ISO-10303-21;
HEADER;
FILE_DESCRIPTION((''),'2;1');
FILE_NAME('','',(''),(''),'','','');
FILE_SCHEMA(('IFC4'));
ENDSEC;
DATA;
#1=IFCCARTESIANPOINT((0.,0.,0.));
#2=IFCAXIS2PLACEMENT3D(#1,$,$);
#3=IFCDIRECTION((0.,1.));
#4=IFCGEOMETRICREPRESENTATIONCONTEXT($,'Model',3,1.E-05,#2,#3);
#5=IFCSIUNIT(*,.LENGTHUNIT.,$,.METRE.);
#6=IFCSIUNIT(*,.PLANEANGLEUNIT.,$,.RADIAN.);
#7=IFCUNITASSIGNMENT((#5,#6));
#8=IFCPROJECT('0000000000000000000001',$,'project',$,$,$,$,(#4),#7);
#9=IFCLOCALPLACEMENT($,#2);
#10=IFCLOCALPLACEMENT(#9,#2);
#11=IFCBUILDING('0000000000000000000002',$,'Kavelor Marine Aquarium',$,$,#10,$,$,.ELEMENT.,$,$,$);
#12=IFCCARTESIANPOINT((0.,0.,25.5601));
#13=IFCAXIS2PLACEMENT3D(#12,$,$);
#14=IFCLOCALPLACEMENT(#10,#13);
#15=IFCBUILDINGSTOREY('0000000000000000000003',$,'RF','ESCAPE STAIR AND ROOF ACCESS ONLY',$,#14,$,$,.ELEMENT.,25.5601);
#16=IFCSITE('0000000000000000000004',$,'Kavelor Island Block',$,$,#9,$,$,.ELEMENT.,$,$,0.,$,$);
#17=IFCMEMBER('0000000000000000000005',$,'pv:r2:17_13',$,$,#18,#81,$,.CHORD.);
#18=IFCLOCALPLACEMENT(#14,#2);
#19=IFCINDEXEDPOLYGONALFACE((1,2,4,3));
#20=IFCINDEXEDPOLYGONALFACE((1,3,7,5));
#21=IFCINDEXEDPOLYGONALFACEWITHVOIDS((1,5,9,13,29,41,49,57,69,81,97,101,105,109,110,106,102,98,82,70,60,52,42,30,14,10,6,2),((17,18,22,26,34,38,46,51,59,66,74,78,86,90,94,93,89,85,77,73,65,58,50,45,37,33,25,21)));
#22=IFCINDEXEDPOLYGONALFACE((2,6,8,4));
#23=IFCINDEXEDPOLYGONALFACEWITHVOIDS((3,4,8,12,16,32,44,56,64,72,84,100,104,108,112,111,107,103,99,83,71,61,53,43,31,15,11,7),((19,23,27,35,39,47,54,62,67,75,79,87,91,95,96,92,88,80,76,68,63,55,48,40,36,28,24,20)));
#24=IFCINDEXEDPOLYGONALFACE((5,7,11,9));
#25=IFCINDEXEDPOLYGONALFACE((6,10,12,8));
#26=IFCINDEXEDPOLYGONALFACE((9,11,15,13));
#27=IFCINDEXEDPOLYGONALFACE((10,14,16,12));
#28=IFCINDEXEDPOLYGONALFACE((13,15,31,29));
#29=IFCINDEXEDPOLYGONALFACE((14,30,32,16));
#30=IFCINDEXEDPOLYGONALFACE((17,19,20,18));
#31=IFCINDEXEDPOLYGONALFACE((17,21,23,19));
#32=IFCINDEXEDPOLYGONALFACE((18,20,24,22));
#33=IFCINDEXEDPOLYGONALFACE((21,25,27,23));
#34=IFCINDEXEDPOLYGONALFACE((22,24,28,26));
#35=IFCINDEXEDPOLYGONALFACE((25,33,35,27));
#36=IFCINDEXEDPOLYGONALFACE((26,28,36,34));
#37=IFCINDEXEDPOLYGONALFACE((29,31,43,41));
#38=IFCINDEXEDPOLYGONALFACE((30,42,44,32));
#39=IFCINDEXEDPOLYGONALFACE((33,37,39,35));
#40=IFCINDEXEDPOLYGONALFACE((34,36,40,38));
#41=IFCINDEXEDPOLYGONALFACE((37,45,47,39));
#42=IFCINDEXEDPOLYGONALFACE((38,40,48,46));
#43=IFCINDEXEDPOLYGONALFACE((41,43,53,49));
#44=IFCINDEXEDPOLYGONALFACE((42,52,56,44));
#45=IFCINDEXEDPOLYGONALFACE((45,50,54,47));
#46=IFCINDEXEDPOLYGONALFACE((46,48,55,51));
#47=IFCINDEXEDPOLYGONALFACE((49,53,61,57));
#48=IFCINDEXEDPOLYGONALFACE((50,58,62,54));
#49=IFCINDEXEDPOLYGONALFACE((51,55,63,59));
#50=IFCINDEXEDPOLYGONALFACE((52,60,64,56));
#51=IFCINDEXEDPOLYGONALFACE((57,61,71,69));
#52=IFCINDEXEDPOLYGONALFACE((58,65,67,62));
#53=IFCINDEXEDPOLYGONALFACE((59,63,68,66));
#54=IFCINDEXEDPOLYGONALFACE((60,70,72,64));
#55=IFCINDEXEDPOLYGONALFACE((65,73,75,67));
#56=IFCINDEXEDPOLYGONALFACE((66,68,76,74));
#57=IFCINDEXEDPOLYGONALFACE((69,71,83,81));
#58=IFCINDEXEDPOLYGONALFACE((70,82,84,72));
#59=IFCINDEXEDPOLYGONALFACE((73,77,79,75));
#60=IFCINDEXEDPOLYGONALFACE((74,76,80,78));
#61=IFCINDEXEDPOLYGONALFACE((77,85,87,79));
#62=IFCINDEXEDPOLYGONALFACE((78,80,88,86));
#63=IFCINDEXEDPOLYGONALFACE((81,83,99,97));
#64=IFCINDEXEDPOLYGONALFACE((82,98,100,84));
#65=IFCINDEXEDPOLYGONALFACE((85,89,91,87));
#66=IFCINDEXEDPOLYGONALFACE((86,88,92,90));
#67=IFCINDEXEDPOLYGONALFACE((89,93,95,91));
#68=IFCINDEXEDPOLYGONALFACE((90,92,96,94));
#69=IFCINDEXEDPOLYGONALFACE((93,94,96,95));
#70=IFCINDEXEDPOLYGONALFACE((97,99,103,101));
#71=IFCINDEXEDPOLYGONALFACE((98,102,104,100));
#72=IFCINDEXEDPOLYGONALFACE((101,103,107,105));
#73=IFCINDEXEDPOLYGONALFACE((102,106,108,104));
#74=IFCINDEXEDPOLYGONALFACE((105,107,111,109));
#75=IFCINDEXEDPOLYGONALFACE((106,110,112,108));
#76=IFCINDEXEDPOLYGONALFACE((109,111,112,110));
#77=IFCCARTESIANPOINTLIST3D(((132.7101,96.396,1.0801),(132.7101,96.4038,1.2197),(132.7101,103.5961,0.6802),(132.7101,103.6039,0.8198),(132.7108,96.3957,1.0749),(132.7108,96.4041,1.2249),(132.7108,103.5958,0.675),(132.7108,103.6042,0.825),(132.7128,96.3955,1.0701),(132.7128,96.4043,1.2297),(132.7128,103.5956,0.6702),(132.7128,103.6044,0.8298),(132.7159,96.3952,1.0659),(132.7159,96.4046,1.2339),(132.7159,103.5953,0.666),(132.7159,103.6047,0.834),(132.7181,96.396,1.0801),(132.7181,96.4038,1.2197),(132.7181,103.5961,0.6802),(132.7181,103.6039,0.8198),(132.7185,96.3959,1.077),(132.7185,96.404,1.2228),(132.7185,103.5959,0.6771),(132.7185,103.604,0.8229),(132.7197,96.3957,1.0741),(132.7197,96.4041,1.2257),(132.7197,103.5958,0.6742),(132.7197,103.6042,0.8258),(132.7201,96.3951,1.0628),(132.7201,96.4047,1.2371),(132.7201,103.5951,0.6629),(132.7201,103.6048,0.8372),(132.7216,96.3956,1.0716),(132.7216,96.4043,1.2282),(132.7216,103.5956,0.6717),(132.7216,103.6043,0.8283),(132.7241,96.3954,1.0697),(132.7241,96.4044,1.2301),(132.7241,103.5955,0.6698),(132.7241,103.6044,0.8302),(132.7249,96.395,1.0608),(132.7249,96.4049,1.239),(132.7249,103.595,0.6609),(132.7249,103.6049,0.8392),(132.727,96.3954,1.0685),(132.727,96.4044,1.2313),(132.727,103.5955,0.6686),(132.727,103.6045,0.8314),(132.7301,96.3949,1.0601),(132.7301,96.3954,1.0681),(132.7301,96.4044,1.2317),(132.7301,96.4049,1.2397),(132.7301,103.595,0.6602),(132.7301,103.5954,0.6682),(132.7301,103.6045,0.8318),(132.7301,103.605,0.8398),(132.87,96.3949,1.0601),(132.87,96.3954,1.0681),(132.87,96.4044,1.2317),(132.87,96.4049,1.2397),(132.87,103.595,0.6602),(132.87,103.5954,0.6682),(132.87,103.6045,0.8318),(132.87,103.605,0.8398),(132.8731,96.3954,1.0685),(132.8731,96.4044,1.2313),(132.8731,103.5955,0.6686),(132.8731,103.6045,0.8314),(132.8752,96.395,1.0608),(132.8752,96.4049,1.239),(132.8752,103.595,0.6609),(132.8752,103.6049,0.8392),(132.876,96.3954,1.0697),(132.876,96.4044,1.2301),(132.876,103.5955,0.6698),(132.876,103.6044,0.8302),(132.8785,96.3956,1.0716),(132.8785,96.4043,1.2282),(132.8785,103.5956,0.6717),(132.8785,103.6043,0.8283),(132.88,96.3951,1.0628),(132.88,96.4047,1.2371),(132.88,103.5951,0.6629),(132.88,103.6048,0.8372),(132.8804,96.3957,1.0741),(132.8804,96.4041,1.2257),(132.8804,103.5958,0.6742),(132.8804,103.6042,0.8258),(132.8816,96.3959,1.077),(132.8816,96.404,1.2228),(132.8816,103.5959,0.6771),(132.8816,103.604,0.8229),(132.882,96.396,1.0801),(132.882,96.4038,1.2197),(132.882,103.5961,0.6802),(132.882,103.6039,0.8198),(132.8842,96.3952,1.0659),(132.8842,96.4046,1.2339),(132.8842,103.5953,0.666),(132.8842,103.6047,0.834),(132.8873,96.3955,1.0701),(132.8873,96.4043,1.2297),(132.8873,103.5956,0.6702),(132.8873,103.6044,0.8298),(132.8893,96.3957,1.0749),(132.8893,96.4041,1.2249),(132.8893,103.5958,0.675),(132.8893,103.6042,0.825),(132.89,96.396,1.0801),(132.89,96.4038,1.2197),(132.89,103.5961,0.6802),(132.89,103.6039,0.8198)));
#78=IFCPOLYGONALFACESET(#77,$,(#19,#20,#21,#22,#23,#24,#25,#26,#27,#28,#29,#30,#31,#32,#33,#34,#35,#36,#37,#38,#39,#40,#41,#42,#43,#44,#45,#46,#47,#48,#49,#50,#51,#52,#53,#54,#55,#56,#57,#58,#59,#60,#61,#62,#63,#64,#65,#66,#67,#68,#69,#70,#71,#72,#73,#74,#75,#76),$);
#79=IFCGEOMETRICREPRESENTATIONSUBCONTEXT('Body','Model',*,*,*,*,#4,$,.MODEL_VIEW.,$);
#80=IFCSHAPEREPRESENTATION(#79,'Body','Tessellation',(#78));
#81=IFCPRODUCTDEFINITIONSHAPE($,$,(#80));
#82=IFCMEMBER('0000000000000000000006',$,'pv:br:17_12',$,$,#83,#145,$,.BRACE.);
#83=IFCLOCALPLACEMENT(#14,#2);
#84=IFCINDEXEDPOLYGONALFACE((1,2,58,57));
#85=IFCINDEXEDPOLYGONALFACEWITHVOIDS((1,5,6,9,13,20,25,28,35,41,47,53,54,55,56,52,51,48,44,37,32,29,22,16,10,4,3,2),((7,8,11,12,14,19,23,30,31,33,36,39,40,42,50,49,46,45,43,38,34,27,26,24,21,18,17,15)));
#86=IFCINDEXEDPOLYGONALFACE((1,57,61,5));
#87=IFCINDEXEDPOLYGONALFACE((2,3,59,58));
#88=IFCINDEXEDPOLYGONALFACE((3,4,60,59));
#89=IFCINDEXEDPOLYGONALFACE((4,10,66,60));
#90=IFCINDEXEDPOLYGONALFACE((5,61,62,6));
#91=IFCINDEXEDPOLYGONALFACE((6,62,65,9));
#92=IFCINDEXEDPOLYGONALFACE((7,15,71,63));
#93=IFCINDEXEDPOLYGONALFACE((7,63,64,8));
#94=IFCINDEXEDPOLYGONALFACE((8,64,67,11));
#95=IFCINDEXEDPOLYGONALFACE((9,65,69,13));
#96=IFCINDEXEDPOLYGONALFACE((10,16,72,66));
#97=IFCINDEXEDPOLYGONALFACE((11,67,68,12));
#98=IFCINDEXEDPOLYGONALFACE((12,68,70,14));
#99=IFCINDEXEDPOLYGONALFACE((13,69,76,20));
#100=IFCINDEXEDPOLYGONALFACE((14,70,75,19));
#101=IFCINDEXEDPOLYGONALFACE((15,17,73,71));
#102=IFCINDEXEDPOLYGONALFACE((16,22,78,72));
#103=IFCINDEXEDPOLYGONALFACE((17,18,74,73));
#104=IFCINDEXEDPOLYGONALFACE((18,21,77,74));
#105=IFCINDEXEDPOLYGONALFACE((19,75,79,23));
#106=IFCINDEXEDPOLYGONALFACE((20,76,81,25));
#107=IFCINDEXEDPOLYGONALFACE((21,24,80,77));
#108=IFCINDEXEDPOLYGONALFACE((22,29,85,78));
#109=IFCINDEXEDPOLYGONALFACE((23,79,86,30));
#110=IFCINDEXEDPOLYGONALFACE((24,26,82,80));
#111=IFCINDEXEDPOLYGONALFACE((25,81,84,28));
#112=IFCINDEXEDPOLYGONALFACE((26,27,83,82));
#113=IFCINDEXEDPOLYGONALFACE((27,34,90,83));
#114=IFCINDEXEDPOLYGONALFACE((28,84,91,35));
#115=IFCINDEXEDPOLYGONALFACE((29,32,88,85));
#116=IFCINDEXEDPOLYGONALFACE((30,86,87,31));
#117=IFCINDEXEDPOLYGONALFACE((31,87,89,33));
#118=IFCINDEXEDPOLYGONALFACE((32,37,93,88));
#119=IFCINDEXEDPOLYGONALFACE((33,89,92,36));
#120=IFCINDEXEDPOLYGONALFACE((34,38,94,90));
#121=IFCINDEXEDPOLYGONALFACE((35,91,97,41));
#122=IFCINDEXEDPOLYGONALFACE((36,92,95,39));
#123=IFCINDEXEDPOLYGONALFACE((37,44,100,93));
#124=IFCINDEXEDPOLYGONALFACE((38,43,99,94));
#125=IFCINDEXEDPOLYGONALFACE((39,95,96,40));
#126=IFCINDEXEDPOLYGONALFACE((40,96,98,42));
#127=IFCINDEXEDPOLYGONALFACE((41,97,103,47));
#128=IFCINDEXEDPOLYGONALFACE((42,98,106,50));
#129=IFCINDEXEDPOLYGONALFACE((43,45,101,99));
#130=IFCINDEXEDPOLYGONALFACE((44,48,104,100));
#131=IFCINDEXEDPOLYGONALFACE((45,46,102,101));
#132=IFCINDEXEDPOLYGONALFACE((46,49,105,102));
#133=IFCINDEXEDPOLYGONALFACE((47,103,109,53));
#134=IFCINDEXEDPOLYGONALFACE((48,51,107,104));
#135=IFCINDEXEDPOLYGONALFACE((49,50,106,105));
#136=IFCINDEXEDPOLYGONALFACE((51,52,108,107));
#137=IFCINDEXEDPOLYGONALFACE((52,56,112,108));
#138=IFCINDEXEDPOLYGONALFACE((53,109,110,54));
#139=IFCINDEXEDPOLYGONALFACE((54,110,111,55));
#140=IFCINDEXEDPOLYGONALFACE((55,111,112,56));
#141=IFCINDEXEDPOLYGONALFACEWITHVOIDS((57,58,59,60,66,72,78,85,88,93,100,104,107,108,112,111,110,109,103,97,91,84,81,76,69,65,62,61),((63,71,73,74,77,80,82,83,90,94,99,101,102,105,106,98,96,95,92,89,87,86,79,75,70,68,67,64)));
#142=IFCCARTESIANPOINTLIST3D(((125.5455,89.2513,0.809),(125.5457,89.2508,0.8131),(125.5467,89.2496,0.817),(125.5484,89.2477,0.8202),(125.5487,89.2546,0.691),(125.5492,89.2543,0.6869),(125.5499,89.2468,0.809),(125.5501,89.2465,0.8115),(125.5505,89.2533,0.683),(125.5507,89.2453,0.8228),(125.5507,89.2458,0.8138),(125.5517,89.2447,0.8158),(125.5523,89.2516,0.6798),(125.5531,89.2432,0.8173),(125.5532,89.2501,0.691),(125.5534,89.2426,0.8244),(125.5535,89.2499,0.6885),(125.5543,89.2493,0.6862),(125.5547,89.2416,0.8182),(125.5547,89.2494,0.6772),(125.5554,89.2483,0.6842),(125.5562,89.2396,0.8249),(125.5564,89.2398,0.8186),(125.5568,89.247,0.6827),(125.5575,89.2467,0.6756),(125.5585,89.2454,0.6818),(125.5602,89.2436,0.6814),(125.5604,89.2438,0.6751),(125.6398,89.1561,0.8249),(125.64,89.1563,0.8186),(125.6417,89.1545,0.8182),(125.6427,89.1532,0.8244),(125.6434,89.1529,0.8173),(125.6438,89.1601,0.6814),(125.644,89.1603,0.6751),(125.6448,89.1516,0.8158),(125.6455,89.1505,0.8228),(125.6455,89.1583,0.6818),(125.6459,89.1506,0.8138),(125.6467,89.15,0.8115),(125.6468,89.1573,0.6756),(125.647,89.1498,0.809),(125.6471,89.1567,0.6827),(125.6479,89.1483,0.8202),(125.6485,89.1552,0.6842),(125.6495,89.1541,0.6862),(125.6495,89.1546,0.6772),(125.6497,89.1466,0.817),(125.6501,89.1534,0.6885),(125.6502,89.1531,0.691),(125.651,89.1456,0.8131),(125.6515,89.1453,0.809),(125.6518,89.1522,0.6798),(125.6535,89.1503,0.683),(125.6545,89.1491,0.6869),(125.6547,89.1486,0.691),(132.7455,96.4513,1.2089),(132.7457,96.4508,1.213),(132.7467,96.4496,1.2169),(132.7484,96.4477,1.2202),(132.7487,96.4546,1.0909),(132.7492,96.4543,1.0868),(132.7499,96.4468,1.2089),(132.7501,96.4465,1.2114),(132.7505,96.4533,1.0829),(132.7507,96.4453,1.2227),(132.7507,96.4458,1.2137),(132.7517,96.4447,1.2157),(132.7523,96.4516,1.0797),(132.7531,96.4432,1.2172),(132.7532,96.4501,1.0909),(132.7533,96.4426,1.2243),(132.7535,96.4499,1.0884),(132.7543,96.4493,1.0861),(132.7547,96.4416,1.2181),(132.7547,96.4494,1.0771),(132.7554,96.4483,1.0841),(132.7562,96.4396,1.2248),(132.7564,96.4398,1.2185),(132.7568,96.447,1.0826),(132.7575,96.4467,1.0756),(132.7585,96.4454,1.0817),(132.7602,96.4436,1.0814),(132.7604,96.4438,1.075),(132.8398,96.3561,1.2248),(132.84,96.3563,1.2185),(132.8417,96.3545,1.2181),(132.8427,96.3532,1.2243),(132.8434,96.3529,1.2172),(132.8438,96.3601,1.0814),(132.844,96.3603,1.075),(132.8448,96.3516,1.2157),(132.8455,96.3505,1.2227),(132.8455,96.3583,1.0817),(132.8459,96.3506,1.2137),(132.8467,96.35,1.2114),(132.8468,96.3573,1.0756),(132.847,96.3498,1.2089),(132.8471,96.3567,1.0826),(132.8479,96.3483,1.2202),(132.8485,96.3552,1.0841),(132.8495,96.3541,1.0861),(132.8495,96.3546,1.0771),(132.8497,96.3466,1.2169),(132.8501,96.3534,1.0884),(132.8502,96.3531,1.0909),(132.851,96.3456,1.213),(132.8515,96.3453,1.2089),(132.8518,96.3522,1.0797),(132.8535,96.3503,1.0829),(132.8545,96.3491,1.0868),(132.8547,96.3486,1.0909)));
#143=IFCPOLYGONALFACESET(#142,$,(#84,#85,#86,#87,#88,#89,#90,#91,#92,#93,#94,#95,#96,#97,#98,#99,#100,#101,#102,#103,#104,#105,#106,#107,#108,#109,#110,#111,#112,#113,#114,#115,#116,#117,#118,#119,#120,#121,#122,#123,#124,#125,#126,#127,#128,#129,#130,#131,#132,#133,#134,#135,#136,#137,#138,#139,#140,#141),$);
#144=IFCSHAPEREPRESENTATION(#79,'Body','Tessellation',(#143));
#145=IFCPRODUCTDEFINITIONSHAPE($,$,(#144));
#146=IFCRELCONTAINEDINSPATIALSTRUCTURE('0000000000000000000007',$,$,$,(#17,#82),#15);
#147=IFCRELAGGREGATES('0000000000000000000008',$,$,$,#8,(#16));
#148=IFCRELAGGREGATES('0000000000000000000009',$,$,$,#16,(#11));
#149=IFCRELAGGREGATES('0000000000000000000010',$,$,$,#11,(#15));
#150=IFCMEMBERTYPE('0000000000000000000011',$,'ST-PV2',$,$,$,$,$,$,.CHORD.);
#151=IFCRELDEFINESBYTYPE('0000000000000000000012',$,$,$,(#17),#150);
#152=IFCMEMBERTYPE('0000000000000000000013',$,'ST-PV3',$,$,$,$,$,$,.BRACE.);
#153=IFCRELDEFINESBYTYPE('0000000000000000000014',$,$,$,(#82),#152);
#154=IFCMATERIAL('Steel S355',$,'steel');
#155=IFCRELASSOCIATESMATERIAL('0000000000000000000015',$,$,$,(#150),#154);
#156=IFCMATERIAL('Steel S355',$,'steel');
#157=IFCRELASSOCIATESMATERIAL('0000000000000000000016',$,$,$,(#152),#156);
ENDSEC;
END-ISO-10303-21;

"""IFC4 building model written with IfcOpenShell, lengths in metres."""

from ifc_helpers import new_model, si_unit, direction, frame, origin, origin_2d, place, context, subcontext, project, spatial, hollow_rectangle, extrude, material, material_profile, profile_set, type_object, element, save


model = new_model("IFC4")

# Units and contexts
model_context = context("Model", 3, precision=1e-05, world=origin(), true_north=direction((0.0, 1.0)))
body_context = subcontext(model_context, "Body", "Model", "MODEL_VIEW")
ifc_project = project(units=[si_unit("LENGTHUNIT", "METRE"), si_unit("PLANEANGLEUNIT", "RADIAN")], contexts=[model_context])

# Site, building, storey
site_placement = place(None, origin())
site = spatial("IfcSite", under=ifc_project, at=site_placement, Name="Kavelor Island Block", CompositionType="ELEMENT", RefElevation=0.0)
building_placement = place(site_placement, origin())
building = spatial("IfcBuilding", under=site, at=building_placement, Name="Kavelor Marine Aquarium", CompositionType="ELEMENT")
storey_placement = place(building_placement, frame((0.0, 0.0, 25.5601)))
storey = spatial("IfcBuildingStorey", under=building, at=storey_placement, Name="RF", Description="ESCAPE STAIR AND ROOF ACCESS ONLY", CompositionType="ELEMENT", Elevation=25.5601)

# Members
ifc_material_1 = material(Name="Steel S355", Category="steel")
ifc_material_profile_1 = material_profile(ifc_material_1, hollow_rectangle(XDim=0.1799, YDim=0.1799, WallThickness=0.0081, InnerFilletRadius=0.012, OuterFilletRadius=0.02, at=origin_2d()), Name="SHS 180x180x8.0")
ifc_profile_set_1 = profile_set([ifc_material_profile_1], Name="Steel S355")
member_type_1 = type_object("IfcMemberType", Name="ST-PV2", PredefinedType="CHORD", material=ifc_profile_set_1)
member_1_placement = place(storey_placement, frame((132.8, 96.3999, 1.1499), z_axis=(0.0, 0.998461, -0.055455), x_axis=(-1.0, 0.0, 0.0)))
element("IfcMember", 1, at=member_1_placement, inside=storey, type_object=member_type_1, Name="pv:r2:17_13", PredefinedType="CHORD", context=body_context, shape_type="SweptSolid", body=[
    extrude(hollow_rectangle(XDim=0.1799, YDim=0.1799, WallThickness=0.0081, InnerFilletRadius=0.012, OuterFilletRadius=0.02, at=origin_2d()), origin(), (0.0, 0.0, 1.0), 7.2112),
])
ifc_material_2 = material(Name="Steel S355", Category="steel")
ifc_material_profile_2 = material_profile(ifc_material_2, hollow_rectangle(XDim=0.1499, YDim=0.1499, WallThickness=0.0063, InnerFilletRadius=0.0095, OuterFilletRadius=0.0159, at=origin_2d()), Name="SHS 150x150x6.3")
ifc_profile_set_2 = profile_set([ifc_material_profile_2], Name="Steel S355")
member_type_2 = type_object("IfcMemberType", Name="ST-PV3", PredefinedType="BRACE", material=ifc_profile_set_2)
for number, where, z_axis, x_axis, name in (
    (2, (125.6001, 89.2, 0.75), (0.706562, 0.706562, 0.039244), (-0.707107, 0.707107, 0.0), "pv:br:17_12"),
):
    element("IfcMember", number, at=place(storey_placement, frame(where, z_axis=z_axis, x_axis=x_axis)), inside=storey, type_object=member_type_2, Name=name, PredefinedType="BRACE", context=body_context, shape_type="SweptSolid", body=[
        extrude(hollow_rectangle(XDim=0.1499, YDim=0.1499, WallThickness=0.0063, InnerFilletRadius=0.0095, OuterFilletRadius=0.0159, at=origin_2d()), origin(), (0.0, 0.0, 1.0), 10.1902),
    ])

save(model, "model.ifc")
